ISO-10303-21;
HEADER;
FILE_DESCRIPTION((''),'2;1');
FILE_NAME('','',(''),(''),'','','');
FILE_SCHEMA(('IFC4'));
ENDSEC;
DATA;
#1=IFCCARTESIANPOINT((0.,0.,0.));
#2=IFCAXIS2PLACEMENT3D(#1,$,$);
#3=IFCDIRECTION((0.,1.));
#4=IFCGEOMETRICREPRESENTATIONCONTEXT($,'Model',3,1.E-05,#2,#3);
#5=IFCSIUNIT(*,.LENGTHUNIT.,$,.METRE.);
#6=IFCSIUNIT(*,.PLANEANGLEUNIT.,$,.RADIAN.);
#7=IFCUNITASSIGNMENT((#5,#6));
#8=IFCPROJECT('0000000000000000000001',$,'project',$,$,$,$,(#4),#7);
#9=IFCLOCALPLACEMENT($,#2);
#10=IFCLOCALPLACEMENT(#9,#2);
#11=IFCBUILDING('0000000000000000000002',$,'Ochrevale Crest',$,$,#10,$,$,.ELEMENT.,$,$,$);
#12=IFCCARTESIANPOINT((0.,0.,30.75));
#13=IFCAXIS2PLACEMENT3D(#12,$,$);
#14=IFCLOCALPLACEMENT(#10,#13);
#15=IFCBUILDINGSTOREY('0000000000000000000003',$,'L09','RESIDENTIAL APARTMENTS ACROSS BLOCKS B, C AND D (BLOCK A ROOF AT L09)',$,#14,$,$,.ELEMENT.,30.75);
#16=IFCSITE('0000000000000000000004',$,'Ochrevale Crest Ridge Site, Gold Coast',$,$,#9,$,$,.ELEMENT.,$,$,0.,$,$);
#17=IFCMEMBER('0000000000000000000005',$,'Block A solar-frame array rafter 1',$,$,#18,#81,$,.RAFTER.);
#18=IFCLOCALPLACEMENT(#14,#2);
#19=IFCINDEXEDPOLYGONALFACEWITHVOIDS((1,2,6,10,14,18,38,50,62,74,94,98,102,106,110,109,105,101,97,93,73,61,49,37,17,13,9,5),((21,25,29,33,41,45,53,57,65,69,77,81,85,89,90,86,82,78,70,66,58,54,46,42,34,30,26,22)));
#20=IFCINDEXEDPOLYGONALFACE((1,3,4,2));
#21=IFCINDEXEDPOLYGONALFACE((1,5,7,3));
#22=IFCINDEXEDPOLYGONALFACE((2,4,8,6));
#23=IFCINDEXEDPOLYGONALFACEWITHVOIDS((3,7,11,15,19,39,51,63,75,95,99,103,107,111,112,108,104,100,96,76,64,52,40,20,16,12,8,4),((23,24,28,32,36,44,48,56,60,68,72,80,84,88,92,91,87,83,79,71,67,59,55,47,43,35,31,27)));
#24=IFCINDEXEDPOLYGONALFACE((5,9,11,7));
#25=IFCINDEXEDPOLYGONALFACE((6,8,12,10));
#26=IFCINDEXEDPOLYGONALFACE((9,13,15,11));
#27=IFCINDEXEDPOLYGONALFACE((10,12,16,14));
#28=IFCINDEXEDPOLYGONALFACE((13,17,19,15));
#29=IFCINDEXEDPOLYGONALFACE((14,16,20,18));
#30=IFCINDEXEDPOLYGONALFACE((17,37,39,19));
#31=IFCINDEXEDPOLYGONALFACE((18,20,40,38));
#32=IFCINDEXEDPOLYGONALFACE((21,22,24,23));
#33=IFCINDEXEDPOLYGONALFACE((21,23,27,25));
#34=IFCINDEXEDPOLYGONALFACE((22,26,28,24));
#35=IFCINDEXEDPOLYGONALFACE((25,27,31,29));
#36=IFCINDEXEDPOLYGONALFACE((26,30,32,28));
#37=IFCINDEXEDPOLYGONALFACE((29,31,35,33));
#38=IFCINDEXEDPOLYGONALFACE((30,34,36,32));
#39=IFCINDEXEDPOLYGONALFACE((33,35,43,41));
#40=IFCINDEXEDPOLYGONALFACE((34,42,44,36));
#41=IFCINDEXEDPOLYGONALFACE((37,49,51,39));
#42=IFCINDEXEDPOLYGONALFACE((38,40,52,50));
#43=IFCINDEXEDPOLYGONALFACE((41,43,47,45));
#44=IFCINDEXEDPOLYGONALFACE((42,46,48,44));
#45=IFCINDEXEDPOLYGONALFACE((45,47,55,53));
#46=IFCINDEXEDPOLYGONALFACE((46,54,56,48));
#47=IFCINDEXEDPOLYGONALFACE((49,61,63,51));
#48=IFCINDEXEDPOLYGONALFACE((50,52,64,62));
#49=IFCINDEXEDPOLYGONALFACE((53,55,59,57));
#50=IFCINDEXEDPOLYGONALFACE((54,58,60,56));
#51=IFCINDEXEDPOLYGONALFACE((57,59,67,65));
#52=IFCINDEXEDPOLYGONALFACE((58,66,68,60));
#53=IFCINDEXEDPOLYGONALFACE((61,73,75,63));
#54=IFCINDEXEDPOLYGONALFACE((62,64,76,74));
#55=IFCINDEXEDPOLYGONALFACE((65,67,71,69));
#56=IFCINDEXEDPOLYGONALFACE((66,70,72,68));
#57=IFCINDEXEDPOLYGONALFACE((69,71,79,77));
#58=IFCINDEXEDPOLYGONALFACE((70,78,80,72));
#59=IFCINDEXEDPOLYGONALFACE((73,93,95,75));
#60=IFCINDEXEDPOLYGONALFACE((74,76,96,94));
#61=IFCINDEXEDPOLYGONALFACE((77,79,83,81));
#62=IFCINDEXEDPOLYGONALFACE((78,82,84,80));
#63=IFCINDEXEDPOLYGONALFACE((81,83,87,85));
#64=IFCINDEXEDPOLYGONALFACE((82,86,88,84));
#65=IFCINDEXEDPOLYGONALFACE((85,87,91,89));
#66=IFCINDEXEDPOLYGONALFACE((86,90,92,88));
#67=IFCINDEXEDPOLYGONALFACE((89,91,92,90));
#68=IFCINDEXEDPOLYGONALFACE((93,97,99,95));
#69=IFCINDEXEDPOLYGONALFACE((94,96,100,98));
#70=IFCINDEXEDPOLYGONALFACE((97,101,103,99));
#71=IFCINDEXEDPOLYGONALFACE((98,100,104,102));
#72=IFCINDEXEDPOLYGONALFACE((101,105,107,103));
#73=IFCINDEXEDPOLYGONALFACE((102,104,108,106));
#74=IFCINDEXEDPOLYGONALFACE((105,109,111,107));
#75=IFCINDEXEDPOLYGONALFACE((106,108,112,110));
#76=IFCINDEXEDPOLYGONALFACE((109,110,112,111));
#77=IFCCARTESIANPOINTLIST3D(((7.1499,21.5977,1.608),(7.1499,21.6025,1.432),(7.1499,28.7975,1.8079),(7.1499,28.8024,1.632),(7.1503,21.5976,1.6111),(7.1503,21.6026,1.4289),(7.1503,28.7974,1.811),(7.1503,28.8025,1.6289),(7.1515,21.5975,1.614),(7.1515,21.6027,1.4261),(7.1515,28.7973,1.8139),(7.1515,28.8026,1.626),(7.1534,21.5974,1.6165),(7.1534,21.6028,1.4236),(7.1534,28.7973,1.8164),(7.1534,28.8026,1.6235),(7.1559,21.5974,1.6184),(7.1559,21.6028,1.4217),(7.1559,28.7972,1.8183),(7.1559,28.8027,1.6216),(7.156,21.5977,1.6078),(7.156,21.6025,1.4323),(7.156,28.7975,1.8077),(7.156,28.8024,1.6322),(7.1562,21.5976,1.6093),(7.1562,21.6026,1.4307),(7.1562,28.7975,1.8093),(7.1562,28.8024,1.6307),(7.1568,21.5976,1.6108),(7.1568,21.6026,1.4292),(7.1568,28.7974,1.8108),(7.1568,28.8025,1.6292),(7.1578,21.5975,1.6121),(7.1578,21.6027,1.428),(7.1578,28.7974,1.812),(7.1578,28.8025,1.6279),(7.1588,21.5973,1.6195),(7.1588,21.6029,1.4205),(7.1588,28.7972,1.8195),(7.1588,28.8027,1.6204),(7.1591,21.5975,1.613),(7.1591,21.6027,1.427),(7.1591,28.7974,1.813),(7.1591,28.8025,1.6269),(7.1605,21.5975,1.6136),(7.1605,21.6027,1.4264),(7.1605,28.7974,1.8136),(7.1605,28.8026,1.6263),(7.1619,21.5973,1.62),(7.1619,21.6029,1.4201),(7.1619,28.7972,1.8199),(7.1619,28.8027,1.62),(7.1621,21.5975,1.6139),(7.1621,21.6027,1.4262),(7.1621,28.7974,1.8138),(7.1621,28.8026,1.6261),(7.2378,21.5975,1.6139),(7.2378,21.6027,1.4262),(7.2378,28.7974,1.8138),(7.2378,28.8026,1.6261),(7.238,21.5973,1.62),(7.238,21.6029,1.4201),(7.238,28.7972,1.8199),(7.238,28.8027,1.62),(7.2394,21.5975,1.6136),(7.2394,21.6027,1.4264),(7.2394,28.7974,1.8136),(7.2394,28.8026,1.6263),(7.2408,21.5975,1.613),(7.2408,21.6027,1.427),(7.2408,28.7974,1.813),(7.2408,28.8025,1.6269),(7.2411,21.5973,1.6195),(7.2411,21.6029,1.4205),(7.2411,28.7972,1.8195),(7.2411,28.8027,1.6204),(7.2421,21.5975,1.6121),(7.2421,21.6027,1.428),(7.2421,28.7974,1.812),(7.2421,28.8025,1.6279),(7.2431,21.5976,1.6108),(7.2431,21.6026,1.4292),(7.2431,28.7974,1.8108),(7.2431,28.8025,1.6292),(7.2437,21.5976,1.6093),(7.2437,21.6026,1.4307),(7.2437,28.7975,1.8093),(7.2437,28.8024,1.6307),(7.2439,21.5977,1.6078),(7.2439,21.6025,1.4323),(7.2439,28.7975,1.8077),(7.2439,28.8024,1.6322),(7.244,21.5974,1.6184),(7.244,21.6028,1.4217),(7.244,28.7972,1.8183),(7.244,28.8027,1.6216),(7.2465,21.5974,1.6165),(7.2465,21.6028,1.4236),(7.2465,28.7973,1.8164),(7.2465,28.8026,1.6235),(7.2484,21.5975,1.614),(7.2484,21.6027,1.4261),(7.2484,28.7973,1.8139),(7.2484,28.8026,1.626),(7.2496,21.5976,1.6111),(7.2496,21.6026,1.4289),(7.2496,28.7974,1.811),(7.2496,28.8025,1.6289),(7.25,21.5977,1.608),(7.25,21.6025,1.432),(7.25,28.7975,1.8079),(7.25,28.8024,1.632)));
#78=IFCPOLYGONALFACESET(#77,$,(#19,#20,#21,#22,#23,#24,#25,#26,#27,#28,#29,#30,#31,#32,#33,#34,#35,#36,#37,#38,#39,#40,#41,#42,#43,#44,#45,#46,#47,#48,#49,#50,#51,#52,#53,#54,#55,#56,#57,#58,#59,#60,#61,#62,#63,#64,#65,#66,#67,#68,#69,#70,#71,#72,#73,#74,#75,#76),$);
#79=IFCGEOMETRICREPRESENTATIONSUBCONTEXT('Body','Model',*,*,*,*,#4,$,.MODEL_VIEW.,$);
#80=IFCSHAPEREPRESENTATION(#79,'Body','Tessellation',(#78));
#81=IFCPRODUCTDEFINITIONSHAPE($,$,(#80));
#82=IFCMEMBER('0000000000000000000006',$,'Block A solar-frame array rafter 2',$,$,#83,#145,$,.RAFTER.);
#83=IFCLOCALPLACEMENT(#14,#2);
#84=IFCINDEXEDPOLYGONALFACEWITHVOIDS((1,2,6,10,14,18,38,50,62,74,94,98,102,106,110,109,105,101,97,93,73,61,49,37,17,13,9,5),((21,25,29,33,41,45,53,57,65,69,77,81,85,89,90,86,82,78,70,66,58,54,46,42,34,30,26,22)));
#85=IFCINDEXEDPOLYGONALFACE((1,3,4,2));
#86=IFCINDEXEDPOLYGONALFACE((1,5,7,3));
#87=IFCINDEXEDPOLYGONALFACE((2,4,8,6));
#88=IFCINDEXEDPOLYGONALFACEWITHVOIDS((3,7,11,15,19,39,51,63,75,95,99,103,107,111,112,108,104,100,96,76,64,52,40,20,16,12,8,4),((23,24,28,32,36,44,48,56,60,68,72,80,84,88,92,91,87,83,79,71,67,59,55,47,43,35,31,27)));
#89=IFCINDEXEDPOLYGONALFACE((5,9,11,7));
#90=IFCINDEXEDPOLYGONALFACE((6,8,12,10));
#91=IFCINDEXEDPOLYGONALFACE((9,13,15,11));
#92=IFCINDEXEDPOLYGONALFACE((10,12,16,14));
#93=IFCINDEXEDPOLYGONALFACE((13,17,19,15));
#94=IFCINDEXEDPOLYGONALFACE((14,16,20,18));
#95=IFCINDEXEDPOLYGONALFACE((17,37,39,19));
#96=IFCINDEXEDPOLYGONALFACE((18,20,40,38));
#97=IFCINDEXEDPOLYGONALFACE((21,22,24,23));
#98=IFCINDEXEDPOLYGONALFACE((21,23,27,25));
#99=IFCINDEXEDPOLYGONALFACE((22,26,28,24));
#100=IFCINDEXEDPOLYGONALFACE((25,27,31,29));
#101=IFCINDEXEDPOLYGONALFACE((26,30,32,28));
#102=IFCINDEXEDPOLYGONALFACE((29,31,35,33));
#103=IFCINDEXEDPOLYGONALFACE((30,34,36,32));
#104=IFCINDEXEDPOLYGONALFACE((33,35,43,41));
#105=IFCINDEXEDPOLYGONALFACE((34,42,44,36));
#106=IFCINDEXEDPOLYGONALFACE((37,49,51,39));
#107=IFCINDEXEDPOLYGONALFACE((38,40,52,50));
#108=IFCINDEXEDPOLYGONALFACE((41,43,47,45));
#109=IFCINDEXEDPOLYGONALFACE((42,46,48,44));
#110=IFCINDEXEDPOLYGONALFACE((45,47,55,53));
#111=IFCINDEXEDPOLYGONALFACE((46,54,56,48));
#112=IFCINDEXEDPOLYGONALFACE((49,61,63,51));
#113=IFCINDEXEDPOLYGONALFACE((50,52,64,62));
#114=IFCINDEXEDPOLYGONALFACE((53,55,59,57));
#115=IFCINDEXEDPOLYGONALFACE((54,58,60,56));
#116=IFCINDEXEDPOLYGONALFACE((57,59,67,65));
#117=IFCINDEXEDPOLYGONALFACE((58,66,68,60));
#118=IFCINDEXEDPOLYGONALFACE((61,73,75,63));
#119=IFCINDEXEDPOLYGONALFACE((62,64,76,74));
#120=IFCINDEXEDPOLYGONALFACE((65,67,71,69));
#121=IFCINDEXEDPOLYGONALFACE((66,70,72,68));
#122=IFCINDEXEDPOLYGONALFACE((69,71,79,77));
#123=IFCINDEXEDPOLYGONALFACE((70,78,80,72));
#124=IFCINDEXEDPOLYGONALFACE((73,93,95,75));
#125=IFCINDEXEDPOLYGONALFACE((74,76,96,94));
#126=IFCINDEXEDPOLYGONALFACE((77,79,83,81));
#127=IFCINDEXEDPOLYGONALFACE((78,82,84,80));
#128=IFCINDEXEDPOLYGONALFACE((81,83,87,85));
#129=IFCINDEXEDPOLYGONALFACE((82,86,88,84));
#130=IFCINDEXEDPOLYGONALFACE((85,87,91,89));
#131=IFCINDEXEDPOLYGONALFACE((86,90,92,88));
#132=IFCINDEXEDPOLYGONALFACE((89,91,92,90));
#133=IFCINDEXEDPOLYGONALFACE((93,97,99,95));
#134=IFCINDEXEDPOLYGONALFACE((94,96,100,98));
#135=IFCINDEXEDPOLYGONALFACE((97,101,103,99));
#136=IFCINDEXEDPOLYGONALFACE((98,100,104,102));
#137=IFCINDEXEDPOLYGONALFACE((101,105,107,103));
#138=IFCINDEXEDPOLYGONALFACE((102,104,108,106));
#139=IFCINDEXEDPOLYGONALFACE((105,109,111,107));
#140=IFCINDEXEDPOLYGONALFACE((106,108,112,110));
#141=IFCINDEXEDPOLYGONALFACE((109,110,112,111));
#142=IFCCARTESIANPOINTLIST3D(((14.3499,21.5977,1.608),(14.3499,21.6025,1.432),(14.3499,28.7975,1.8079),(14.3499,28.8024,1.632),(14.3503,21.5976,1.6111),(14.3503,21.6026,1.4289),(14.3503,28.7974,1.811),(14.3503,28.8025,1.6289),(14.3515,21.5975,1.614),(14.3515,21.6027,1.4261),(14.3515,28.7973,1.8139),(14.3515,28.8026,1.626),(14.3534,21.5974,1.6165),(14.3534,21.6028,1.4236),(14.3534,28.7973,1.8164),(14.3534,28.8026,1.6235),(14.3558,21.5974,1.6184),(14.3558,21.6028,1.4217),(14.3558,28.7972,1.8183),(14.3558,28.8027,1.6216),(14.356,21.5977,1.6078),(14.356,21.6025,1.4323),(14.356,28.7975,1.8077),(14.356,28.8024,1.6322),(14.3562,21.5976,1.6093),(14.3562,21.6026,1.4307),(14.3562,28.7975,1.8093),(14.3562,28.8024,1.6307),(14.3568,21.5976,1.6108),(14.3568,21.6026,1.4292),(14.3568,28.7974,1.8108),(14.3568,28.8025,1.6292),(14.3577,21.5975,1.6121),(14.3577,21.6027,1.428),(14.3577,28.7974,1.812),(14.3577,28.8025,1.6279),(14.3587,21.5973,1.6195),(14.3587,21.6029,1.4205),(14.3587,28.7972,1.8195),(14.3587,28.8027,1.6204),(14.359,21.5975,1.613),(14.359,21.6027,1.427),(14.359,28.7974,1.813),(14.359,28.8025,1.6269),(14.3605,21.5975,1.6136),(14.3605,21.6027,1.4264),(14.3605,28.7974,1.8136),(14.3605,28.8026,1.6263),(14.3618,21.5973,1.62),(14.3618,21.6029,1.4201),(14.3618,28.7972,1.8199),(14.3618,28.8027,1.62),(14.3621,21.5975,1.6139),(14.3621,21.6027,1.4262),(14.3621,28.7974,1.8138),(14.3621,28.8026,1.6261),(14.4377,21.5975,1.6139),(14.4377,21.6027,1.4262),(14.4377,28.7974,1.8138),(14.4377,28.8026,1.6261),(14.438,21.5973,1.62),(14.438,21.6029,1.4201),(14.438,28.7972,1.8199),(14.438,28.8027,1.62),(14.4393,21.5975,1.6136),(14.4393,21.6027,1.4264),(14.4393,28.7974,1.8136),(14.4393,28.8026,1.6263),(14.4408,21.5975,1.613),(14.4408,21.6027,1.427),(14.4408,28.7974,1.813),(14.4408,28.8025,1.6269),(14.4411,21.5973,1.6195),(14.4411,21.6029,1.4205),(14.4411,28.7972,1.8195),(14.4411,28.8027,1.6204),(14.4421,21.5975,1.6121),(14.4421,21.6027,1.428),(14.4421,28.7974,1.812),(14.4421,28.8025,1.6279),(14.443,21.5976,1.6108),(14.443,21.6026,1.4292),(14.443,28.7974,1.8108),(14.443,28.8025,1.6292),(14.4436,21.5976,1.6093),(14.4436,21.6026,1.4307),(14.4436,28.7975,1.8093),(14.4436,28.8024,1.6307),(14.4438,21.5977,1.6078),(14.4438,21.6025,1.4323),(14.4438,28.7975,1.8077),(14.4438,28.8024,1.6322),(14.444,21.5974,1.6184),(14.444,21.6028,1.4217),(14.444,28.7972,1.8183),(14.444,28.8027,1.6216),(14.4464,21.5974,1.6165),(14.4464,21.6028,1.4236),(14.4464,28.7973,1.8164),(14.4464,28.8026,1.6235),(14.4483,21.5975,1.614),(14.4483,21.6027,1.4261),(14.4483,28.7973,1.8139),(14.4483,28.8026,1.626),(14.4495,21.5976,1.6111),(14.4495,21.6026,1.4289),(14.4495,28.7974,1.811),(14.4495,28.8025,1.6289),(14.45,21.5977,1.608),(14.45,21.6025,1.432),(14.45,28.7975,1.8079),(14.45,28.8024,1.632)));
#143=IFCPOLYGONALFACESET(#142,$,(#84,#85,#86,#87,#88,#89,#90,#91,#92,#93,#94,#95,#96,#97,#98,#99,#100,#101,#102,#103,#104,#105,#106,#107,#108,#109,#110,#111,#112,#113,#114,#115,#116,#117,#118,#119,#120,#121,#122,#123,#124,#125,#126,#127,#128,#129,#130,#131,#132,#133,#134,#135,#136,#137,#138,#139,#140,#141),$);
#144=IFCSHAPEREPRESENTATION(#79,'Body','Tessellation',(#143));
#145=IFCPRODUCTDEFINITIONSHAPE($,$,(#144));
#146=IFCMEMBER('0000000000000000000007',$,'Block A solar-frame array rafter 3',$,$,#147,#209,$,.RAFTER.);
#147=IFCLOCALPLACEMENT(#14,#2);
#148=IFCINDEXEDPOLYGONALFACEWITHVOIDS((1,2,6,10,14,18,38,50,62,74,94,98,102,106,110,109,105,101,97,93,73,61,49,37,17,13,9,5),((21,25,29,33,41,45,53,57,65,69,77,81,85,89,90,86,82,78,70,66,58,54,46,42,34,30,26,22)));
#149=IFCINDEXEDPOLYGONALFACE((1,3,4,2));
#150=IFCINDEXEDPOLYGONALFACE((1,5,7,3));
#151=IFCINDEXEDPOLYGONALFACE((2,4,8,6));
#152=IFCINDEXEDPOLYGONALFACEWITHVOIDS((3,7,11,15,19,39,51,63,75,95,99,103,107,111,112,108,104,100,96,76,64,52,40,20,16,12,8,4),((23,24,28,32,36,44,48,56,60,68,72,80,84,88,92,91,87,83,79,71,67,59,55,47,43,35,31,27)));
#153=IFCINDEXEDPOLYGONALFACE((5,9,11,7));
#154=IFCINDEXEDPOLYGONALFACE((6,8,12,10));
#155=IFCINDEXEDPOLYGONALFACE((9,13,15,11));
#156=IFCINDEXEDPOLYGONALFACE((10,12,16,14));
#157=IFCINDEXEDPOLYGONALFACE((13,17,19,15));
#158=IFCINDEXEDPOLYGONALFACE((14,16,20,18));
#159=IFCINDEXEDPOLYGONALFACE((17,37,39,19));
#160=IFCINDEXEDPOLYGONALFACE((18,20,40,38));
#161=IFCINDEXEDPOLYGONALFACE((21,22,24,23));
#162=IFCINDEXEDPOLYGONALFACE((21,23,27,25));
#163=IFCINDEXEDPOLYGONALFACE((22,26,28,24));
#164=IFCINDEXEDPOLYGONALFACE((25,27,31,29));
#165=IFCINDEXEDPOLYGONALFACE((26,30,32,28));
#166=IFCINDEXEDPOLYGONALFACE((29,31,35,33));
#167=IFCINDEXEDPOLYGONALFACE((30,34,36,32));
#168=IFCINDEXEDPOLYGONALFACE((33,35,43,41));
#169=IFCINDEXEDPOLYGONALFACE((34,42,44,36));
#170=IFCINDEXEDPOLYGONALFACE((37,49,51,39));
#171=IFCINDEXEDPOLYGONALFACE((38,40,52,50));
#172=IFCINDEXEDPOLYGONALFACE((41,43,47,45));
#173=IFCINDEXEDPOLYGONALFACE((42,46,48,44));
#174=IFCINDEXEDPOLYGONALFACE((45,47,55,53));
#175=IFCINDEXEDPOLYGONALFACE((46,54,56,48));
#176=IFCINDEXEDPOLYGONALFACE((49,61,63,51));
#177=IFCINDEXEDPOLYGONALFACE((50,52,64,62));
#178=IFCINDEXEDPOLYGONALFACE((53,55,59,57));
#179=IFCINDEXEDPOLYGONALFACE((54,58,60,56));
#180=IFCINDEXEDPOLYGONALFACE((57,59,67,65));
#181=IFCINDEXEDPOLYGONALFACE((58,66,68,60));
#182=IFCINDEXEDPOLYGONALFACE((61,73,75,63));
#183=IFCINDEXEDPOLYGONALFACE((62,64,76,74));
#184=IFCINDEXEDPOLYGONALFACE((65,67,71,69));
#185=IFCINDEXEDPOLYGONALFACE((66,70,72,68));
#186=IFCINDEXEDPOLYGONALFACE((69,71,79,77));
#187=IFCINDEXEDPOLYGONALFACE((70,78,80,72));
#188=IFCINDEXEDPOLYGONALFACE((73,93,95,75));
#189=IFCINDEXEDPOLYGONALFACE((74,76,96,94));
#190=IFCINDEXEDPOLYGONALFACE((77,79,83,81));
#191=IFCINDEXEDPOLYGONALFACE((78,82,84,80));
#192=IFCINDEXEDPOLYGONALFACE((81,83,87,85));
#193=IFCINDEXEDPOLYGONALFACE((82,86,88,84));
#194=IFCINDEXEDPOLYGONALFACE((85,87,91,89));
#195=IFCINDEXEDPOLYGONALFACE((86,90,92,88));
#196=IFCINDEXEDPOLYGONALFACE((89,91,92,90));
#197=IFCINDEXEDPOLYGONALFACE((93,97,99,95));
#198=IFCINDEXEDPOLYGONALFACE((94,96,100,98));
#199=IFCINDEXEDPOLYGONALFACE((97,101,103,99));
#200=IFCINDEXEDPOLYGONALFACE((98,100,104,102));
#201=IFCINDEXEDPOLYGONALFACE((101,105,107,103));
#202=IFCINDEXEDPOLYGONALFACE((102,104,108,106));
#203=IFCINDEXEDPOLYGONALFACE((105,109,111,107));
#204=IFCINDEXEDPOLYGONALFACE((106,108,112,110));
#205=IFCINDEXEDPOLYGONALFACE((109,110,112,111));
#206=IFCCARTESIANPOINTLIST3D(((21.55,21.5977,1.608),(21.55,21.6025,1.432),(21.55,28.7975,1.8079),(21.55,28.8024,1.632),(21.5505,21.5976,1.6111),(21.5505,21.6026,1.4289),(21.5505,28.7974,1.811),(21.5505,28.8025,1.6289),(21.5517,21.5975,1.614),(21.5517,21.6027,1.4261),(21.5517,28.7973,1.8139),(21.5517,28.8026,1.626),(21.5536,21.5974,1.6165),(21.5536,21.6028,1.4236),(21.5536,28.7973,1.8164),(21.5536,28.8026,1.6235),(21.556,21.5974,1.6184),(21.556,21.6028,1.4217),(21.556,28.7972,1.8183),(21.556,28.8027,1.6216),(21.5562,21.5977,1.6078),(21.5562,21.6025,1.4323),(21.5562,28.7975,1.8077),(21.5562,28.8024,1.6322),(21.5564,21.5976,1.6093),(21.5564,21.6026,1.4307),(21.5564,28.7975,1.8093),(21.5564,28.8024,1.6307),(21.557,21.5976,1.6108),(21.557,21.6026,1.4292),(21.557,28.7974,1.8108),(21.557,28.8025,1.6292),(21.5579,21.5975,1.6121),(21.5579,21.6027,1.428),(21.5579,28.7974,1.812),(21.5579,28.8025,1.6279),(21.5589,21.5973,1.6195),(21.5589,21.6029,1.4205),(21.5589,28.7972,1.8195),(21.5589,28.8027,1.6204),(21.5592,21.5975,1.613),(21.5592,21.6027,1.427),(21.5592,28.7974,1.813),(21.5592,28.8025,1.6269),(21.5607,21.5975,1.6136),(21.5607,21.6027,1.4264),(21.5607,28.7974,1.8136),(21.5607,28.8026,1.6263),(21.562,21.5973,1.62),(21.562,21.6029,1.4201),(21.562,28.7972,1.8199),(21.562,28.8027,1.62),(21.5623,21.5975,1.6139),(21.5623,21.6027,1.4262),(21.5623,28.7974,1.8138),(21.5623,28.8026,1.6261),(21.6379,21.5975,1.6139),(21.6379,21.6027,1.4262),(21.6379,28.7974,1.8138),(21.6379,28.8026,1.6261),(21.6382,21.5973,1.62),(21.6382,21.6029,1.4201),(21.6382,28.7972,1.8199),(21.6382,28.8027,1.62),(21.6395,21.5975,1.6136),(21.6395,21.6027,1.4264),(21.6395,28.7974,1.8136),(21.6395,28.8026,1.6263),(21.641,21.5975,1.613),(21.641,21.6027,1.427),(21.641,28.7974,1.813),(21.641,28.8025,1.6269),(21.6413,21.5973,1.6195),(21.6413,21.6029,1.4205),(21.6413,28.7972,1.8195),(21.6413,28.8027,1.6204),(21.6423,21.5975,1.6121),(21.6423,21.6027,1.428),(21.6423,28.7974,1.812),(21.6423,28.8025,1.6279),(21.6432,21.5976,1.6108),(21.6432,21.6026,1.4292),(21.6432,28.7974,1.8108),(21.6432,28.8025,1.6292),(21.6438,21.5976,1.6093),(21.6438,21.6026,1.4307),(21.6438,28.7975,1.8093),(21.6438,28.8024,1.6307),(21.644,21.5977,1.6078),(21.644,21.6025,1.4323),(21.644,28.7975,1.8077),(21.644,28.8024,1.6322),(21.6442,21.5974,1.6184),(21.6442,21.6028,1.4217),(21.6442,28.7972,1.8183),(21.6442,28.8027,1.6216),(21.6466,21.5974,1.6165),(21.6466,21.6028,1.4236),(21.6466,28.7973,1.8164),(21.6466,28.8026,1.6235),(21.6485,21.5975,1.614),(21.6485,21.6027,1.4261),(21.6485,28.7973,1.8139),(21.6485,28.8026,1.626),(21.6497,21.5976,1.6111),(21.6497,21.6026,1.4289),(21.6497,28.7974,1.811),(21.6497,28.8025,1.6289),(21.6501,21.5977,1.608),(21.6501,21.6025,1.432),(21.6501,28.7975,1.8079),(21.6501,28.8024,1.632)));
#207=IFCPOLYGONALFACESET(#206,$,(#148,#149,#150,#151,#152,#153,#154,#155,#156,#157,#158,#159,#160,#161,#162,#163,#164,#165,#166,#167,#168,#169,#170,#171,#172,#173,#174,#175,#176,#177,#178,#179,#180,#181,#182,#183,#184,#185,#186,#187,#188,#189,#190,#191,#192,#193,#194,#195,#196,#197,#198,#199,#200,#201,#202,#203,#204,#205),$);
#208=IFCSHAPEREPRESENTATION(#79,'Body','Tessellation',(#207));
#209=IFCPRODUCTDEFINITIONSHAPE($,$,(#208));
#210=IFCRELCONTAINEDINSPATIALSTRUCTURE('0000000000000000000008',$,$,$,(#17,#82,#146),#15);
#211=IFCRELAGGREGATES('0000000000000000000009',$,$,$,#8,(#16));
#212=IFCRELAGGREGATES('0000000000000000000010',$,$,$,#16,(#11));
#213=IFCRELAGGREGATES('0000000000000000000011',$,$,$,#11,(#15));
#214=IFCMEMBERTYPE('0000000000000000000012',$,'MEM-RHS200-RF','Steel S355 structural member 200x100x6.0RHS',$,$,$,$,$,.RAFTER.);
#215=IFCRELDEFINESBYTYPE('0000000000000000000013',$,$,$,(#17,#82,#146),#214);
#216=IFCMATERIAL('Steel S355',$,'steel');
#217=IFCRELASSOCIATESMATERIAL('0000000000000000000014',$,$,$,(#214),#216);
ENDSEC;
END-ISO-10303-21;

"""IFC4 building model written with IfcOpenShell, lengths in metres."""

from ifc_helpers import new_model, si_unit, direction, frame, origin, origin_2d, place, context, subcontext, project, spatial, hollow_rectangle, extrude, material, material_profile, profile_set, type_object, element, save


model = new_model("IFC4")

# Units and contexts
model_context = context("Model", 3, precision=1e-05, world=origin(), true_north=direction((0.0, 1.0)))
body_context = subcontext(model_context, "Body", "Model", "MODEL_VIEW")
ifc_project = project(units=[si_unit("LENGTHUNIT", "METRE"), si_unit("PLANEANGLEUNIT", "RADIAN")], contexts=[model_context])

# Site, building, storey
site_placement = place(None, origin())
site = spatial("IfcSite", under=ifc_project, at=site_placement, Name="Ochrevale Crest Ridge Site, Gold Coast", CompositionType="ELEMENT", RefElevation=0.0)
building_placement = place(site_placement, origin())
building = spatial("IfcBuilding", under=site, at=building_placement, Name="Ochrevale Crest", CompositionType="ELEMENT")
storey_placement = place(building_placement, frame((0.0, 0.0, 30.75)))
storey = spatial("IfcBuildingStorey", under=building, at=storey_placement, Name="L09", Description="RESIDENTIAL APARTMENTS ACROSS BLOCKS B, C AND D (BLOCK A ROOF AT L09)", CompositionType="ELEMENT", Elevation=30.75)

# Shared definitions
ifc_material_1 = material(Name="Steel S355", Category="steel")

# Members
ifc_material_profile_1 = material_profile(ifc_material_1, hollow_rectangle(XDim=0.1001, YDim=0.2, WallThickness=0.0061, InnerFilletRadius=0.0061, OuterFilletRadius=0.012, at=origin_2d()), Name="200x100x6.0RHS")
ifc_profile_set_1 = profile_set([ifc_material_profile_1], Name="Steel S355")
member_type_1 = type_object("IfcMemberType", Name="MEM-RHS200-RF", Description="Steel S355 structural member 200x100x6.0RHS", PredefinedType="RAFTER", material=ifc_profile_set_1)
for number, where, z_axis, x_axis, name in (
    (1, (7.2, 21.6001, 1.52), (0.0, 0.999615, 0.02776), (-1.0, 0.0, 0.0), "Block A solar-frame array rafter 1"),
    (2, (14.3999, 21.6001, 1.52), (0.0, 0.999615, 0.02776), (-1.0, 0.0, 0.0), "Block A solar-frame array rafter 2"),
    (3, (21.6001, 21.6001, 1.52), (0.0, 0.999615, 0.02776), (-1.0, 0.0, 0.0), "Block A solar-frame array rafter 3"),
):
    element("IfcMember", number, at=place(storey_placement, frame(where, z_axis=z_axis, x_axis=x_axis)), inside=storey, type_object=member_type_1, Name=name, PredefinedType="RAFTER", context=body_context, shape_type="SweptSolid", body=[
        extrude(hollow_rectangle(XDim=0.1001, YDim=0.2, WallThickness=0.0061, InnerFilletRadius=0.0061, OuterFilletRadius=0.012, at=origin_2d()), origin(), (0.0, 0.0, 1.0), 7.2026),
    ])

save(model, "model.ifc")
